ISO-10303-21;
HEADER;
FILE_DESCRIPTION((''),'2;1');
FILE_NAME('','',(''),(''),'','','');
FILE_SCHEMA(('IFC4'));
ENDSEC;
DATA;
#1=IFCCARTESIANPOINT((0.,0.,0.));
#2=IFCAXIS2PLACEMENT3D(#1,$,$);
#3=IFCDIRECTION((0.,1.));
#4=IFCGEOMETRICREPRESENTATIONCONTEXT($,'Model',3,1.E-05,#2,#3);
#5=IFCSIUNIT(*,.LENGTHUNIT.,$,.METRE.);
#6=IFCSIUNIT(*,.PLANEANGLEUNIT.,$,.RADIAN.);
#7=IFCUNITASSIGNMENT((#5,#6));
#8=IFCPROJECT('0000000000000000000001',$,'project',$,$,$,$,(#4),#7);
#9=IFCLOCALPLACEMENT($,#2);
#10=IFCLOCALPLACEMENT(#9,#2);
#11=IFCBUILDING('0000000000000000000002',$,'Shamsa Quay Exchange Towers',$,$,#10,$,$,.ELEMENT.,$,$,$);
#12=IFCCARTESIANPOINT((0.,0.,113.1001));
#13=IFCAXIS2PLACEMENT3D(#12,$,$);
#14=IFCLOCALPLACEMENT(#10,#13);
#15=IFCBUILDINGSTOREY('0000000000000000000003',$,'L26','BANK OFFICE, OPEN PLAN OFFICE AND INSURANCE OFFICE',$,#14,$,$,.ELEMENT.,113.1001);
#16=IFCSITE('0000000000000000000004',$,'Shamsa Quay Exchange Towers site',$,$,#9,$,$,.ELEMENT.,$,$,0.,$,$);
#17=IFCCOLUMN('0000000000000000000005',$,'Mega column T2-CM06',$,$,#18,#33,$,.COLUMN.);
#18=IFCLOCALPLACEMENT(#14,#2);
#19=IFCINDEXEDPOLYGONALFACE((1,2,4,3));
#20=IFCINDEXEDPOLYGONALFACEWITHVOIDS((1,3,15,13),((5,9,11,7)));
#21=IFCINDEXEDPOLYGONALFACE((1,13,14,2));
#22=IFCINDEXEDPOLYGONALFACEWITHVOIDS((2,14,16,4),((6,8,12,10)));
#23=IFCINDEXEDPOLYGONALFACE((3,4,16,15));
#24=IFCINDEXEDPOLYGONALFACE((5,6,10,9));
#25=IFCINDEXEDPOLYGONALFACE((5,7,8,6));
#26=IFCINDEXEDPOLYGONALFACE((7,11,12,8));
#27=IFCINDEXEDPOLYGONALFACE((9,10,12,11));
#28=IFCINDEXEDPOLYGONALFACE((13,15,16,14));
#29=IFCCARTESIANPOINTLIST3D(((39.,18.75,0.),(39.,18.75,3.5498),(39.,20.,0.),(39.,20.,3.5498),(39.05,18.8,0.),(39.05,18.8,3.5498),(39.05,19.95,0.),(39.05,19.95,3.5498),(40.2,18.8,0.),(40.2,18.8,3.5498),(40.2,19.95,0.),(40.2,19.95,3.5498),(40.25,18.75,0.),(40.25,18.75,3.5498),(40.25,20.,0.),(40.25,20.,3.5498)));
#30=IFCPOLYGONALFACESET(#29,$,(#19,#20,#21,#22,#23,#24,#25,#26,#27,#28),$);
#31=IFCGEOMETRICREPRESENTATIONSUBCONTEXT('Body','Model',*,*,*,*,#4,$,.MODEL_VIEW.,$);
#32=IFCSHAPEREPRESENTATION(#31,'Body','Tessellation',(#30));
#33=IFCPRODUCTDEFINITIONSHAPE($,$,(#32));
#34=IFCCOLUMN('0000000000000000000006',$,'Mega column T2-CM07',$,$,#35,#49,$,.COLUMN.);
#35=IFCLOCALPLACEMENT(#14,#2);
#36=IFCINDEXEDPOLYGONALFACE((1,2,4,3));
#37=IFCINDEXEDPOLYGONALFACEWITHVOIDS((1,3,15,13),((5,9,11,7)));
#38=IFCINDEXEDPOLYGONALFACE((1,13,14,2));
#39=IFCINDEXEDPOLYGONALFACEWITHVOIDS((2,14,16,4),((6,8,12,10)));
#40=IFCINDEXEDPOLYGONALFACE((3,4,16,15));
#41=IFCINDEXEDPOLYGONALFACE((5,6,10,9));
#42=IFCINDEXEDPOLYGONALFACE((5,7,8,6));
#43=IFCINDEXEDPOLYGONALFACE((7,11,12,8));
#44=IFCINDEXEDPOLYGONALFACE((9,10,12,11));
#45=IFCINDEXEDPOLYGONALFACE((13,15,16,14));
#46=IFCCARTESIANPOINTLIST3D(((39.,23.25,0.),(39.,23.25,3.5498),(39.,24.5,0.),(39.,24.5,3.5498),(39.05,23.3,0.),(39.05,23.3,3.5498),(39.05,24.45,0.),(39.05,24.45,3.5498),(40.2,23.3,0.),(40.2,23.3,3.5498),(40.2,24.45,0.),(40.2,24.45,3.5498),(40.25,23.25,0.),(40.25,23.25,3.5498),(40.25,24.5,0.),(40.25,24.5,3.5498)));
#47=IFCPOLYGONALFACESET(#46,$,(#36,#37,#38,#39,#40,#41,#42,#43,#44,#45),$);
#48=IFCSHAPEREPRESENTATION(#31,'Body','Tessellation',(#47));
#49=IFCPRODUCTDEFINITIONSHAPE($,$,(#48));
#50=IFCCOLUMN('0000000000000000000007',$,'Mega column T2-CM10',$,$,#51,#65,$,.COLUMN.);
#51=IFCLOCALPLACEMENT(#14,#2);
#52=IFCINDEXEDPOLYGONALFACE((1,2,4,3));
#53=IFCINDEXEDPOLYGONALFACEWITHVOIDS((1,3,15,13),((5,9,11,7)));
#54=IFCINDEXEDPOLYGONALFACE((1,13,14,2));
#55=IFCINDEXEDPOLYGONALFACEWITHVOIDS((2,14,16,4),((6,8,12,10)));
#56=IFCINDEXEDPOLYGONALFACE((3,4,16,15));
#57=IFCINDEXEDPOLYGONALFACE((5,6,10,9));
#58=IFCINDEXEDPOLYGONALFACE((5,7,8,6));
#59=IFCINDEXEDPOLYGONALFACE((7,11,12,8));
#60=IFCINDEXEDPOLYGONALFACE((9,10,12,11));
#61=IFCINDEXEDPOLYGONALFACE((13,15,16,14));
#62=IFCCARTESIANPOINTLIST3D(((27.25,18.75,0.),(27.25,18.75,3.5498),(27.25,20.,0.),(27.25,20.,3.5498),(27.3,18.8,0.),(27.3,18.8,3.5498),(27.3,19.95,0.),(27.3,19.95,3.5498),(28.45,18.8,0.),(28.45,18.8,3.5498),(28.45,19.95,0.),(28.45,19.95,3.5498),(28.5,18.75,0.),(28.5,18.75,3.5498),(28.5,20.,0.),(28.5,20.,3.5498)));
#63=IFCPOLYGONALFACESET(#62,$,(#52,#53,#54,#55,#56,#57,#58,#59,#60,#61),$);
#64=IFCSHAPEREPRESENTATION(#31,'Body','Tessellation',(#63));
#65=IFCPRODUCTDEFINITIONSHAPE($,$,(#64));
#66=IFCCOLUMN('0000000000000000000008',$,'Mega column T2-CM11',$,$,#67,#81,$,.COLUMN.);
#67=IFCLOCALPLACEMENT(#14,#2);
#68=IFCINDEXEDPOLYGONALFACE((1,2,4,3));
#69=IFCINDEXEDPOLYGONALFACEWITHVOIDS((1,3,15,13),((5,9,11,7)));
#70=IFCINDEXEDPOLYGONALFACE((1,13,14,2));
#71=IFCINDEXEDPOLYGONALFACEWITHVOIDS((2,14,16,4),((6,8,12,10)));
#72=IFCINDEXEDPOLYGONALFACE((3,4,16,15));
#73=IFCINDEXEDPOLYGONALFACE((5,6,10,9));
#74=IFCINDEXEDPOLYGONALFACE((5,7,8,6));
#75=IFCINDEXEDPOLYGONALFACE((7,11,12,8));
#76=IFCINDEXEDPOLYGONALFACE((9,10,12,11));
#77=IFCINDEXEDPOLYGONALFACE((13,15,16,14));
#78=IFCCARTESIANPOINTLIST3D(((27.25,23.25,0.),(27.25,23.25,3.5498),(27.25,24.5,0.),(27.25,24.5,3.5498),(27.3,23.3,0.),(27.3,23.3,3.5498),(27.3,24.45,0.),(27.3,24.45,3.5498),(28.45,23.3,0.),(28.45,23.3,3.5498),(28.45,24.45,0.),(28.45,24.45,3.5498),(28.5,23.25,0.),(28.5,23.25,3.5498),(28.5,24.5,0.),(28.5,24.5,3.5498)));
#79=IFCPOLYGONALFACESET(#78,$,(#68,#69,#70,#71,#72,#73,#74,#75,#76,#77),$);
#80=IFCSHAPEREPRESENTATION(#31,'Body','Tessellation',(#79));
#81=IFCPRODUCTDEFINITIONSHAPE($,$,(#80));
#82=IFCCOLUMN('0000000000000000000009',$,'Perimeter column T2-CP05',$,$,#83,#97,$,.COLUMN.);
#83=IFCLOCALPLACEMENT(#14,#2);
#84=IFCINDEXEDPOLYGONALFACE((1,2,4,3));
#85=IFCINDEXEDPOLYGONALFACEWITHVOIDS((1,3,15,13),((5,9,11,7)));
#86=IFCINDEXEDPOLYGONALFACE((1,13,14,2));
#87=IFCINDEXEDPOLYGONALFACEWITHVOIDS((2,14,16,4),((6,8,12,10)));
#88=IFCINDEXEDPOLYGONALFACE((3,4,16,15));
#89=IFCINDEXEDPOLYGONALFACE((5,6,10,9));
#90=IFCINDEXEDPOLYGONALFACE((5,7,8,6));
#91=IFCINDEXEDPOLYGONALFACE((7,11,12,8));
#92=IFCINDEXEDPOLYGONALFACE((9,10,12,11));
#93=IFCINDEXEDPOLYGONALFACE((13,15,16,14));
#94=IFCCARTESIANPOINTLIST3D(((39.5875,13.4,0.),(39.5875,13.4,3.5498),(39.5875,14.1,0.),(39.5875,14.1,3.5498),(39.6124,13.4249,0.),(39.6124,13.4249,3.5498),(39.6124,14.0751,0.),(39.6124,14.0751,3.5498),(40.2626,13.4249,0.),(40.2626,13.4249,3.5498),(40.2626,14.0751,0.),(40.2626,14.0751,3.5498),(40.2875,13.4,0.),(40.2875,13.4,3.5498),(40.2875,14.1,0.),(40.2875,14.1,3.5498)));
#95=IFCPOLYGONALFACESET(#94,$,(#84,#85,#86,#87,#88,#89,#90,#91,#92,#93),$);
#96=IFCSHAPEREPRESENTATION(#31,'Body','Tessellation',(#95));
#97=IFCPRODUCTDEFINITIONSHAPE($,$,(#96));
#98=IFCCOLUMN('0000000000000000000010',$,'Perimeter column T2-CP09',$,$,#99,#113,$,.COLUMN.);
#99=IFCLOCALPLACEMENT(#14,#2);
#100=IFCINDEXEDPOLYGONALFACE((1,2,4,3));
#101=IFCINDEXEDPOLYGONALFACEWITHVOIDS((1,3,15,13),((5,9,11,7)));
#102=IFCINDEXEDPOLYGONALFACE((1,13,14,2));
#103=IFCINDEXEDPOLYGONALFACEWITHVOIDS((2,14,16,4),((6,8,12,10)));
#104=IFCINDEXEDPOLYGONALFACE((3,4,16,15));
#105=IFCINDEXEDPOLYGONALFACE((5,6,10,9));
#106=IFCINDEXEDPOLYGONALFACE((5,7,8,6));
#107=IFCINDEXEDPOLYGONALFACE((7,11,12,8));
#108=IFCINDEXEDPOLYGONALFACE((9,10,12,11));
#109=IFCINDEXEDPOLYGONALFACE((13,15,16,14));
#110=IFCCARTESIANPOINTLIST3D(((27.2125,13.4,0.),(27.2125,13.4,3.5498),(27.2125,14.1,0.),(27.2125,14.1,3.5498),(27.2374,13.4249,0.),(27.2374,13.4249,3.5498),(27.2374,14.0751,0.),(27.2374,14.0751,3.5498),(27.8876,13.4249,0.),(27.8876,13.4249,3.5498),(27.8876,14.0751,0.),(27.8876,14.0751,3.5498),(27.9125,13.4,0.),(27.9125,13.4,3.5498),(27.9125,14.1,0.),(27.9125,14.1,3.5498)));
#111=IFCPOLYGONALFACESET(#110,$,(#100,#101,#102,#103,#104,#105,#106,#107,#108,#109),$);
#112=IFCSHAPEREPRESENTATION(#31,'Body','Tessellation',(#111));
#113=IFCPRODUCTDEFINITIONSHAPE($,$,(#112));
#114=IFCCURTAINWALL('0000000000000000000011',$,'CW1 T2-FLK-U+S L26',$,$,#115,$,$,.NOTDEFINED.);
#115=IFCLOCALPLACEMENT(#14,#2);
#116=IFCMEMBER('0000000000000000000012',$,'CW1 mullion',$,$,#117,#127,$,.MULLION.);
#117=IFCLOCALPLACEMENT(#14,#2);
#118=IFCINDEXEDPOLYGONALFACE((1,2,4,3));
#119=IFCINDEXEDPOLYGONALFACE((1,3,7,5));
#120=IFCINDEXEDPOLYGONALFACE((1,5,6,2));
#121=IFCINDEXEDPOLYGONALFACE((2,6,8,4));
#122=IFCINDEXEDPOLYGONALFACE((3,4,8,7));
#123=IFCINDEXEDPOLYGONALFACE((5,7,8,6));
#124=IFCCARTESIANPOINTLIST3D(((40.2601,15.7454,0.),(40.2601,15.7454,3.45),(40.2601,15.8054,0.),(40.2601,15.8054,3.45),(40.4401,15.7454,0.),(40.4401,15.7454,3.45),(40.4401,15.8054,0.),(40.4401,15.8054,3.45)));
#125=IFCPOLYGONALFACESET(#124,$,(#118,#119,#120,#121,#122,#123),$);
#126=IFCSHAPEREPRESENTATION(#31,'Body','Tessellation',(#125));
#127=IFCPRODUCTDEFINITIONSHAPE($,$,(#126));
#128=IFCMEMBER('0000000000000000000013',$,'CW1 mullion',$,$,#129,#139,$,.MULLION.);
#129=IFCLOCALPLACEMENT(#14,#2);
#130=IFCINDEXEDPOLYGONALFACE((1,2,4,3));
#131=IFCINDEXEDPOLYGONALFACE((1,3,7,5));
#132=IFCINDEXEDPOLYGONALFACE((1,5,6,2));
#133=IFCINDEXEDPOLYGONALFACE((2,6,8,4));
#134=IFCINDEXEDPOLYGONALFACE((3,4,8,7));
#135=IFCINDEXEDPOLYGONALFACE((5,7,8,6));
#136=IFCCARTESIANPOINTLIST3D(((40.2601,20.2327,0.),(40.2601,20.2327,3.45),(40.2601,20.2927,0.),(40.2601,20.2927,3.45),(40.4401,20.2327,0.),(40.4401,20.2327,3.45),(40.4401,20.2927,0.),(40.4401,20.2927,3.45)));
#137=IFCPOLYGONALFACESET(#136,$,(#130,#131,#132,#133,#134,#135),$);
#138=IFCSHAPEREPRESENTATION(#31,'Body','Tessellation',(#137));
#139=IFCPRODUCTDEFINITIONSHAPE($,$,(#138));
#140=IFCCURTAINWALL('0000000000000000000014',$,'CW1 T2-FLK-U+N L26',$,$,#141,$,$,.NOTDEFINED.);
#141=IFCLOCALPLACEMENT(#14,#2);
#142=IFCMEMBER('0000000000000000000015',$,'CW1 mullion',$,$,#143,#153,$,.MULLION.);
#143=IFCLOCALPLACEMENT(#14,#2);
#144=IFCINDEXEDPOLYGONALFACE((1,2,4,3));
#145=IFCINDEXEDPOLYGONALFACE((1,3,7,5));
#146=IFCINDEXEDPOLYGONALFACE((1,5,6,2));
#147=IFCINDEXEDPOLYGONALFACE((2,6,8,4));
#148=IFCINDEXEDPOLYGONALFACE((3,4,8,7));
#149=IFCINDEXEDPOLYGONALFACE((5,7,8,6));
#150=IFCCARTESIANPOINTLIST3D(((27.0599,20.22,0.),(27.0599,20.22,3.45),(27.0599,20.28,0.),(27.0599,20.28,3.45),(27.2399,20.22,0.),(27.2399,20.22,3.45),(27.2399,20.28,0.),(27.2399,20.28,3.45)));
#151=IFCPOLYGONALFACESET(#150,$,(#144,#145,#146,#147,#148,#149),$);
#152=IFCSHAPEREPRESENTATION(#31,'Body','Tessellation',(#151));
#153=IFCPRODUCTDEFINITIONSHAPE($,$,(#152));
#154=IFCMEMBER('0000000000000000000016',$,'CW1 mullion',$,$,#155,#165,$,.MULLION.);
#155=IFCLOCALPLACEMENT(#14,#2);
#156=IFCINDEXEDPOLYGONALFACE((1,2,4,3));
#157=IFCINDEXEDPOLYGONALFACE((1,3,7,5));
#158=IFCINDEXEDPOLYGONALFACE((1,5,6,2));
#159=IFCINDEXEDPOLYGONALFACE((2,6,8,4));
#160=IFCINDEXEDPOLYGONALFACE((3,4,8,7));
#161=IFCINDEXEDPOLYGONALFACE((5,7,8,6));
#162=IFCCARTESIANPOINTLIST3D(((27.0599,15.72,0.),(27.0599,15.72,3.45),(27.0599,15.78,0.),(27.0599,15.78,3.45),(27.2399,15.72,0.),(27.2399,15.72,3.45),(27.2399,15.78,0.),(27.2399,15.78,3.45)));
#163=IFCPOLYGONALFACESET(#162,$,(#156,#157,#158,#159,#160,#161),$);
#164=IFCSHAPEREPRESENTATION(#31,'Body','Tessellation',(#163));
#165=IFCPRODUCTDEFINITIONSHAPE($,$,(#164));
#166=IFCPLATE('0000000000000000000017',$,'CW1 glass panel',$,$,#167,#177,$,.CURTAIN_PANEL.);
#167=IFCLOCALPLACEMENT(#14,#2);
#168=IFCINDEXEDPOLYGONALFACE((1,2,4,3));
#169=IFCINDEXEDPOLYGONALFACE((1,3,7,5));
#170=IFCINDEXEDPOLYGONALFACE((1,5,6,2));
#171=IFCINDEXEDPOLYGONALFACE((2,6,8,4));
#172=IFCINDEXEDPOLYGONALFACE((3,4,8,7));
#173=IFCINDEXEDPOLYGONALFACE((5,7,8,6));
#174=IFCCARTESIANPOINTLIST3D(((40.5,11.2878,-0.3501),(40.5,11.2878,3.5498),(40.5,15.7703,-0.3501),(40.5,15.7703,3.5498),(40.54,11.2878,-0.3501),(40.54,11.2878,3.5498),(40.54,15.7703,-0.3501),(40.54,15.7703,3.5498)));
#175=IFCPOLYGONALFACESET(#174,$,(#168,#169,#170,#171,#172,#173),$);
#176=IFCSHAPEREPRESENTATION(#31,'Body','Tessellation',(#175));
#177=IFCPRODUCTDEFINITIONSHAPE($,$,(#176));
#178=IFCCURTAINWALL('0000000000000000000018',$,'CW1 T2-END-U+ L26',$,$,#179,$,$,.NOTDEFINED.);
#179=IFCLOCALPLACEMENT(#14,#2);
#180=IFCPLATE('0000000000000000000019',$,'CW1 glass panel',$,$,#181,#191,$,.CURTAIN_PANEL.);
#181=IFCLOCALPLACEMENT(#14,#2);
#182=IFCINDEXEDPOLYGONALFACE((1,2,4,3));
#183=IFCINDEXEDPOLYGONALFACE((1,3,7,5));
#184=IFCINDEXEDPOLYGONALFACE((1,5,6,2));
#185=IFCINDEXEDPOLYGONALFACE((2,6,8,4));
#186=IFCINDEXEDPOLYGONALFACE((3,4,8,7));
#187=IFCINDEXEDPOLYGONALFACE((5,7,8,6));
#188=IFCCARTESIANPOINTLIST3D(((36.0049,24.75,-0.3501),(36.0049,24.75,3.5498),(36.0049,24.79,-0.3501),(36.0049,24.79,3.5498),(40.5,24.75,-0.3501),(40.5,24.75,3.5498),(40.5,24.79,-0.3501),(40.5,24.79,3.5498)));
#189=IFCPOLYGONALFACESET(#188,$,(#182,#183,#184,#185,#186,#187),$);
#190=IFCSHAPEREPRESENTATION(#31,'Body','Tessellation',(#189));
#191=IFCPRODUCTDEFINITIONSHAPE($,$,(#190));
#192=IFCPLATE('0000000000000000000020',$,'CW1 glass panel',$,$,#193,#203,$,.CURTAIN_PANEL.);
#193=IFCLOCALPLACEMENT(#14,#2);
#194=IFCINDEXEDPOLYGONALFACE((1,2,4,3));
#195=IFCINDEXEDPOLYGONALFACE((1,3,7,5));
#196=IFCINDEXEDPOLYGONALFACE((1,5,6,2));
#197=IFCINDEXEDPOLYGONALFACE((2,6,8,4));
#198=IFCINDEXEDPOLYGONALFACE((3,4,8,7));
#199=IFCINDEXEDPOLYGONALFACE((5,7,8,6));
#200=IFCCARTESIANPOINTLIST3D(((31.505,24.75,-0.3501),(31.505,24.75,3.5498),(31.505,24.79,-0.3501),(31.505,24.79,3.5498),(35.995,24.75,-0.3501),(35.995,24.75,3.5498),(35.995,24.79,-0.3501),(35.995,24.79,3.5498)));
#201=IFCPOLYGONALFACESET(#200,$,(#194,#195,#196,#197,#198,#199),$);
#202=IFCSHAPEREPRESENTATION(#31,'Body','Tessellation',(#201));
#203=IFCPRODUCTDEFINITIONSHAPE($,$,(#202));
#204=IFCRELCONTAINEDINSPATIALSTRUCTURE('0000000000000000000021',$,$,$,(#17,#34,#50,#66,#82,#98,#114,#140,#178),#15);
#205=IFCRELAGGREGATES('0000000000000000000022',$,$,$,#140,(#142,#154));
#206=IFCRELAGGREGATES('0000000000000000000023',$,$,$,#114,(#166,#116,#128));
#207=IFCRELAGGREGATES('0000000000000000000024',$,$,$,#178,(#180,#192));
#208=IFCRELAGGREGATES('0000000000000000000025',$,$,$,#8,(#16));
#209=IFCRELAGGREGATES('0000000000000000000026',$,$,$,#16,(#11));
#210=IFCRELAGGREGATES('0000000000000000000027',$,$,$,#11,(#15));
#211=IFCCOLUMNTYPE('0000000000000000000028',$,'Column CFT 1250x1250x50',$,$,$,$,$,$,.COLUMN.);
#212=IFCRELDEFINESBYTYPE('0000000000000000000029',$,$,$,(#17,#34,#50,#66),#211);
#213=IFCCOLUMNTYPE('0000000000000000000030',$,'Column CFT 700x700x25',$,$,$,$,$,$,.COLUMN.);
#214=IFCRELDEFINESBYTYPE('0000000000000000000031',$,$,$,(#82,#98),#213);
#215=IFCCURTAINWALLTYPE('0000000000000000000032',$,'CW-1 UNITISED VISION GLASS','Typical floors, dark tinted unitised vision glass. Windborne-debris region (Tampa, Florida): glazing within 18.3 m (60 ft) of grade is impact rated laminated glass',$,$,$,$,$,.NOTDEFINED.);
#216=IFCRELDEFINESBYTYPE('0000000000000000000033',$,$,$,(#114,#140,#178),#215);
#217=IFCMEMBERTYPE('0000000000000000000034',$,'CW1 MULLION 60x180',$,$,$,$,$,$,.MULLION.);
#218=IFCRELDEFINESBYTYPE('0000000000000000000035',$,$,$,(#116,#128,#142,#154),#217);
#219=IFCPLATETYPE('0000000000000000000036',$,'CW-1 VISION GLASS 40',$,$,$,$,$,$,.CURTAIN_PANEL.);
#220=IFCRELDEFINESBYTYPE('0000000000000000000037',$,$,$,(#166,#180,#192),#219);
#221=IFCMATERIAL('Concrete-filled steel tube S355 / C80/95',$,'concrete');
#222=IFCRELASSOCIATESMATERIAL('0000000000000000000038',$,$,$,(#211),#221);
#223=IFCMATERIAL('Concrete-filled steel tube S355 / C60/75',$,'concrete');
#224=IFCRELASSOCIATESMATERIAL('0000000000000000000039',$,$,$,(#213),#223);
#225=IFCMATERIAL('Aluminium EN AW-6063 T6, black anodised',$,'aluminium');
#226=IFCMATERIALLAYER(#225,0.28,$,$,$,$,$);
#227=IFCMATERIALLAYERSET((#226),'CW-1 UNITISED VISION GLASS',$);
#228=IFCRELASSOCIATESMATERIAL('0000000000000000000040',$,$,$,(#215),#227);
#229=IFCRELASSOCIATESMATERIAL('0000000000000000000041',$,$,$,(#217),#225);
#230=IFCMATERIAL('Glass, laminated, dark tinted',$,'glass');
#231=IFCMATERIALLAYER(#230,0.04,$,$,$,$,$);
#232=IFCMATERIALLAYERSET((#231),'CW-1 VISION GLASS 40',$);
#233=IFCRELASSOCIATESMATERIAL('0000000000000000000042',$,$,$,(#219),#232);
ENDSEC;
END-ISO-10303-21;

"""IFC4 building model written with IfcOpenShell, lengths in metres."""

from ifc_helpers import new_model, si_unit, direction, frame, origin, origin_2d, place, context, subcontext, project, spatial, rectangle, hollow_rectangle, extrude, material, layer, layer_set, material_profile, profile_set, type_object, element, aggregate, save


model = new_model("IFC4")

# Units and contexts
model_context = context("Model", 3, precision=1e-05, world=origin(), true_north=direction((0.0, 1.0)))
body_context = subcontext(model_context, "Body", "Model", "MODEL_VIEW")
ifc_project = project(units=[si_unit("LENGTHUNIT", "METRE"), si_unit("PLANEANGLEUNIT", "RADIAN")], contexts=[model_context])

# Site, building, storey
site_placement = place(None, origin())
site = spatial("IfcSite", under=ifc_project, at=site_placement, Name="Shamsa Quay Exchange Towers site", CompositionType="ELEMENT", RefElevation=0.0)
building_placement = place(site_placement, origin())
building = spatial("IfcBuilding", under=site, at=building_placement, Name="Shamsa Quay Exchange Towers", CompositionType="ELEMENT")
storey_placement = place(building_placement, frame((0.0, 0.0, 113.1001)))
storey = spatial("IfcBuildingStorey", under=building, at=storey_placement, Name="L26", Description="BANK OFFICE, OPEN PLAN OFFICE AND INSURANCE OFFICE", CompositionType="ELEMENT", Elevation=113.1001)

# Columns
ifc_material_1 = material(Name="Concrete-filled steel tube S355 / C80/95", Category="concrete")
ifc_material_profile_1 = material_profile(ifc_material_1, hollow_rectangle(XDim=1.25, YDim=1.25, WallThickness=0.05, at=origin_2d()), Name="CFT 1250x1250x50")
ifc_profile_set_1 = profile_set([ifc_material_profile_1], Name="Concrete-filled steel tube S355 / C80/95")
column_type_1 = type_object("IfcColumnType", Name="Column CFT 1250x1250x50", PredefinedType="COLUMN", material=ifc_profile_set_1)
for number, where, name in (
    (1, (39.625, 19.375, 0.0), "Mega column T2-CM06"),
    (2, (39.625, 23.875, 0.0), "Mega column T2-CM07"),
    (3, (27.875, 19.375, 0.0), "Mega column T2-CM10"),
    (4, (27.875, 23.875, 0.0), "Mega column T2-CM11"),
):
    element("IfcColumn", number, at=place(storey_placement, frame(where)), inside=storey, type_object=column_type_1, Name=name, PredefinedType="COLUMN", context=body_context, shape_type="SweptSolid", body=[
        extrude(hollow_rectangle(XDim=1.25, YDim=1.25, WallThickness=0.05, at=origin_2d()), origin(), (0.0, 0.0, 1.0), 3.5498),
    ])
ifc_material_2 = material(Name="Concrete-filled steel tube S355 / C60/75", Category="concrete")
ifc_material_profile_2 = material_profile(ifc_material_2, hollow_rectangle(XDim=0.7, YDim=0.7, WallThickness=0.0249, at=origin_2d()), Name="CFT 700x700x25")
ifc_profile_set_2 = profile_set([ifc_material_profile_2], Name="Concrete-filled steel tube S355 / C60/75")
column_type_2 = type_object("IfcColumnType", Name="Column CFT 700x700x25", PredefinedType="COLUMN", material=ifc_profile_set_2)
for number, where, name in (
    (5, (39.9375, 13.75, 0.0), "Perimeter column T2-CP05"),
    (6, (27.5625, 13.75, 0.0), "Perimeter column T2-CP09"),
):
    element("IfcColumn", number, at=place(storey_placement, frame(where)), inside=storey, type_object=column_type_2, Name=name, PredefinedType="COLUMN", context=body_context, shape_type="SweptSolid", body=[
        extrude(hollow_rectangle(XDim=0.7, YDim=0.7, WallThickness=0.0249, at=origin_2d()), origin(), (0.0, 0.0, 1.0), 3.5498),
    ])

# Curtain walls, members
ifc_material_3 = material(Name="Aluminium EN AW-6063 T6, black anodised", Category="aluminium")
ifc_layer_1 = layer(ifc_material_3, 0.28)
ifc_layer_set_1 = layer_set([ifc_layer_1], Name="CW-1 UNITISED VISION GLASS")
curtain_wall_type = type_object("IfcCurtainWallType", Name="CW-1 UNITISED VISION GLASS", Description="Typical floors, dark tinted unitised vision glass. Windborne-debris region (Tampa, Florida): glazing within 18.3 m (60 ft) of grade is impact rated laminated glass", PredefinedType="NOTDEFINED", material=ifc_layer_set_1)
curtain_wall_1_placement = place(storey_placement, origin())
curtain_wall_1 = element("IfcCurtainWall", 7, at=curtain_wall_1_placement, inside=storey, type_object=curtain_wall_type, Name="CW1 T2-FLK-U+S L26", PredefinedType="NOTDEFINED")
ifc_material_profile_3 = material_profile(ifc_material_3, rectangle(XDim=0.1799, YDim=0.0601, at=origin_2d()), Name="MU60x180")
ifc_profile_set_3 = profile_set([ifc_material_profile_3], Name="Aluminium EN AW-6063 T6, black anodised")
member_type = type_object("IfcMemberType", Name="CW1 MULLION 60x180", PredefinedType="MULLION", material=ifc_profile_set_3)
member_1_placement = place(storey_placement, frame((40.3501, 15.7754, 0.0), z_axis=(0.0, 0.0, 1.0), x_axis=(-1.0, 0.0, 0.0)))
member_1 = element("IfcMember", 8, at=member_1_placement, type_object=member_type, Name="CW1 mullion", PredefinedType="MULLION", context=body_context, shape_type="SweptSolid", body=[
    extrude(rectangle(XDim=0.1799, YDim=0.0601, at=origin_2d()), origin(), (0.0, 0.0, 1.0), 3.45),
])
member_2_placement = place(storey_placement, frame((40.3501, 20.2627, 0.0), z_axis=(0.0, 0.0, 1.0), x_axis=(-1.0, 0.0, 0.0)))
member_2 = element("IfcMember", 9, at=member_2_placement, type_object=member_type, Name="CW1 mullion", PredefinedType="MULLION", context=body_context, shape_type="SweptSolid", body=[
    extrude(rectangle(XDim=0.1799, YDim=0.0601, at=origin_2d()), origin(), (0.0, 0.0, 1.0), 3.45),
])
curtain_wall_2_placement = place(storey_placement, origin())
curtain_wall_2 = element("IfcCurtainWall", 10, at=curtain_wall_2_placement, inside=storey, type_object=curtain_wall_type, Name="CW1 T2-FLK-U+N L26", PredefinedType="NOTDEFINED")
member_3_placement = place(storey_placement, frame((27.1499, 20.25, 0.0)))
member_3 = element("IfcMember", 11, at=member_3_placement, type_object=member_type, Name="CW1 mullion", PredefinedType="MULLION", context=body_context, shape_type="SweptSolid", body=[
    extrude(rectangle(XDim=0.1799, YDim=0.0601, at=origin_2d()), origin(), (0.0, 0.0, 1.0), 3.45),
])
member_4_placement = place(storey_placement, frame((27.1499, 15.75, 0.0)))
member_4 = element("IfcMember", 12, at=member_4_placement, type_object=member_type, Name="CW1 mullion", PredefinedType="MULLION", context=body_context, shape_type="SweptSolid", body=[
    extrude(rectangle(XDim=0.1799, YDim=0.0601, at=origin_2d()), origin(), (0.0, 0.0, 1.0), 3.45),
])
aggregate(curtain_wall_2, [member_3, member_4])

# Plate
ifc_material_4 = material(Name="Glass, laminated, dark tinted", Category="glass")
ifc_layer_2 = layer(ifc_material_4, 0.04)
ifc_layer_set_2 = layer_set([ifc_layer_2], Name="CW-1 VISION GLASS 40")
plate_type = type_object("IfcPlateType", Name="CW-1 VISION GLASS 40", PredefinedType="CURTAIN_PANEL", material=ifc_layer_set_2)
plate_1_placement = place(storey_placement, frame((40.52, 13.5291, -0.3501), z_axis=(0.0, 0.0, 1.0), x_axis=(0.0, 1.0, 0.0)))
plate_1 = element("IfcPlate", 13, at=plate_1_placement, type_object=plate_type, Name="CW1 glass panel", PredefinedType="CURTAIN_PANEL", context=body_context, shape_type="SweptSolid", body=[
    extrude(rectangle(XDim=4.4824, YDim=0.04, at=origin_2d()), origin(), (0.0, 0.0, 1.0), 3.8999),
])
aggregate(curtain_wall_1, [plate_1, member_1, member_2])

# Curtain wall, plates
curtain_wall_3_placement = place(storey_placement, origin())
curtain_wall_3 = element("IfcCurtainWall", 14, at=curtain_wall_3_placement, inside=storey, type_object=curtain_wall_type, Name="CW1 T2-END-U+ L26", PredefinedType="NOTDEFINED")
plate_2_placement = place(storey_placement, frame((38.2524, 24.77, -0.3501), z_axis=(0.0, 0.0, 1.0), x_axis=(-1.0, 0.0, 0.0)))
plate_2 = element("IfcPlate", 15, at=plate_2_placement, type_object=plate_type, Name="CW1 glass panel", PredefinedType="CURTAIN_PANEL", context=body_context, shape_type="SweptSolid", body=[
    extrude(rectangle(XDim=4.4951, YDim=0.04, at=origin_2d()), origin(), (0.0, 0.0, 1.0), 3.8999),
])
plate_3_placement = place(storey_placement, frame((33.75, 24.77, -0.3501), z_axis=(0.0, 0.0, 1.0), x_axis=(-1.0, 0.0, 0.0)))
plate_3 = element("IfcPlate", 16, at=plate_3_placement, type_object=plate_type, Name="CW1 glass panel", PredefinedType="CURTAIN_PANEL", context=body_context, shape_type="SweptSolid", body=[
    extrude(rectangle(XDim=4.49, YDim=0.04, at=origin_2d()), origin(), (0.0, 0.0, 1.0), 3.8999),
])
aggregate(curtain_wall_3, [plate_2, plate_3])

save(model, "model.ifc")
